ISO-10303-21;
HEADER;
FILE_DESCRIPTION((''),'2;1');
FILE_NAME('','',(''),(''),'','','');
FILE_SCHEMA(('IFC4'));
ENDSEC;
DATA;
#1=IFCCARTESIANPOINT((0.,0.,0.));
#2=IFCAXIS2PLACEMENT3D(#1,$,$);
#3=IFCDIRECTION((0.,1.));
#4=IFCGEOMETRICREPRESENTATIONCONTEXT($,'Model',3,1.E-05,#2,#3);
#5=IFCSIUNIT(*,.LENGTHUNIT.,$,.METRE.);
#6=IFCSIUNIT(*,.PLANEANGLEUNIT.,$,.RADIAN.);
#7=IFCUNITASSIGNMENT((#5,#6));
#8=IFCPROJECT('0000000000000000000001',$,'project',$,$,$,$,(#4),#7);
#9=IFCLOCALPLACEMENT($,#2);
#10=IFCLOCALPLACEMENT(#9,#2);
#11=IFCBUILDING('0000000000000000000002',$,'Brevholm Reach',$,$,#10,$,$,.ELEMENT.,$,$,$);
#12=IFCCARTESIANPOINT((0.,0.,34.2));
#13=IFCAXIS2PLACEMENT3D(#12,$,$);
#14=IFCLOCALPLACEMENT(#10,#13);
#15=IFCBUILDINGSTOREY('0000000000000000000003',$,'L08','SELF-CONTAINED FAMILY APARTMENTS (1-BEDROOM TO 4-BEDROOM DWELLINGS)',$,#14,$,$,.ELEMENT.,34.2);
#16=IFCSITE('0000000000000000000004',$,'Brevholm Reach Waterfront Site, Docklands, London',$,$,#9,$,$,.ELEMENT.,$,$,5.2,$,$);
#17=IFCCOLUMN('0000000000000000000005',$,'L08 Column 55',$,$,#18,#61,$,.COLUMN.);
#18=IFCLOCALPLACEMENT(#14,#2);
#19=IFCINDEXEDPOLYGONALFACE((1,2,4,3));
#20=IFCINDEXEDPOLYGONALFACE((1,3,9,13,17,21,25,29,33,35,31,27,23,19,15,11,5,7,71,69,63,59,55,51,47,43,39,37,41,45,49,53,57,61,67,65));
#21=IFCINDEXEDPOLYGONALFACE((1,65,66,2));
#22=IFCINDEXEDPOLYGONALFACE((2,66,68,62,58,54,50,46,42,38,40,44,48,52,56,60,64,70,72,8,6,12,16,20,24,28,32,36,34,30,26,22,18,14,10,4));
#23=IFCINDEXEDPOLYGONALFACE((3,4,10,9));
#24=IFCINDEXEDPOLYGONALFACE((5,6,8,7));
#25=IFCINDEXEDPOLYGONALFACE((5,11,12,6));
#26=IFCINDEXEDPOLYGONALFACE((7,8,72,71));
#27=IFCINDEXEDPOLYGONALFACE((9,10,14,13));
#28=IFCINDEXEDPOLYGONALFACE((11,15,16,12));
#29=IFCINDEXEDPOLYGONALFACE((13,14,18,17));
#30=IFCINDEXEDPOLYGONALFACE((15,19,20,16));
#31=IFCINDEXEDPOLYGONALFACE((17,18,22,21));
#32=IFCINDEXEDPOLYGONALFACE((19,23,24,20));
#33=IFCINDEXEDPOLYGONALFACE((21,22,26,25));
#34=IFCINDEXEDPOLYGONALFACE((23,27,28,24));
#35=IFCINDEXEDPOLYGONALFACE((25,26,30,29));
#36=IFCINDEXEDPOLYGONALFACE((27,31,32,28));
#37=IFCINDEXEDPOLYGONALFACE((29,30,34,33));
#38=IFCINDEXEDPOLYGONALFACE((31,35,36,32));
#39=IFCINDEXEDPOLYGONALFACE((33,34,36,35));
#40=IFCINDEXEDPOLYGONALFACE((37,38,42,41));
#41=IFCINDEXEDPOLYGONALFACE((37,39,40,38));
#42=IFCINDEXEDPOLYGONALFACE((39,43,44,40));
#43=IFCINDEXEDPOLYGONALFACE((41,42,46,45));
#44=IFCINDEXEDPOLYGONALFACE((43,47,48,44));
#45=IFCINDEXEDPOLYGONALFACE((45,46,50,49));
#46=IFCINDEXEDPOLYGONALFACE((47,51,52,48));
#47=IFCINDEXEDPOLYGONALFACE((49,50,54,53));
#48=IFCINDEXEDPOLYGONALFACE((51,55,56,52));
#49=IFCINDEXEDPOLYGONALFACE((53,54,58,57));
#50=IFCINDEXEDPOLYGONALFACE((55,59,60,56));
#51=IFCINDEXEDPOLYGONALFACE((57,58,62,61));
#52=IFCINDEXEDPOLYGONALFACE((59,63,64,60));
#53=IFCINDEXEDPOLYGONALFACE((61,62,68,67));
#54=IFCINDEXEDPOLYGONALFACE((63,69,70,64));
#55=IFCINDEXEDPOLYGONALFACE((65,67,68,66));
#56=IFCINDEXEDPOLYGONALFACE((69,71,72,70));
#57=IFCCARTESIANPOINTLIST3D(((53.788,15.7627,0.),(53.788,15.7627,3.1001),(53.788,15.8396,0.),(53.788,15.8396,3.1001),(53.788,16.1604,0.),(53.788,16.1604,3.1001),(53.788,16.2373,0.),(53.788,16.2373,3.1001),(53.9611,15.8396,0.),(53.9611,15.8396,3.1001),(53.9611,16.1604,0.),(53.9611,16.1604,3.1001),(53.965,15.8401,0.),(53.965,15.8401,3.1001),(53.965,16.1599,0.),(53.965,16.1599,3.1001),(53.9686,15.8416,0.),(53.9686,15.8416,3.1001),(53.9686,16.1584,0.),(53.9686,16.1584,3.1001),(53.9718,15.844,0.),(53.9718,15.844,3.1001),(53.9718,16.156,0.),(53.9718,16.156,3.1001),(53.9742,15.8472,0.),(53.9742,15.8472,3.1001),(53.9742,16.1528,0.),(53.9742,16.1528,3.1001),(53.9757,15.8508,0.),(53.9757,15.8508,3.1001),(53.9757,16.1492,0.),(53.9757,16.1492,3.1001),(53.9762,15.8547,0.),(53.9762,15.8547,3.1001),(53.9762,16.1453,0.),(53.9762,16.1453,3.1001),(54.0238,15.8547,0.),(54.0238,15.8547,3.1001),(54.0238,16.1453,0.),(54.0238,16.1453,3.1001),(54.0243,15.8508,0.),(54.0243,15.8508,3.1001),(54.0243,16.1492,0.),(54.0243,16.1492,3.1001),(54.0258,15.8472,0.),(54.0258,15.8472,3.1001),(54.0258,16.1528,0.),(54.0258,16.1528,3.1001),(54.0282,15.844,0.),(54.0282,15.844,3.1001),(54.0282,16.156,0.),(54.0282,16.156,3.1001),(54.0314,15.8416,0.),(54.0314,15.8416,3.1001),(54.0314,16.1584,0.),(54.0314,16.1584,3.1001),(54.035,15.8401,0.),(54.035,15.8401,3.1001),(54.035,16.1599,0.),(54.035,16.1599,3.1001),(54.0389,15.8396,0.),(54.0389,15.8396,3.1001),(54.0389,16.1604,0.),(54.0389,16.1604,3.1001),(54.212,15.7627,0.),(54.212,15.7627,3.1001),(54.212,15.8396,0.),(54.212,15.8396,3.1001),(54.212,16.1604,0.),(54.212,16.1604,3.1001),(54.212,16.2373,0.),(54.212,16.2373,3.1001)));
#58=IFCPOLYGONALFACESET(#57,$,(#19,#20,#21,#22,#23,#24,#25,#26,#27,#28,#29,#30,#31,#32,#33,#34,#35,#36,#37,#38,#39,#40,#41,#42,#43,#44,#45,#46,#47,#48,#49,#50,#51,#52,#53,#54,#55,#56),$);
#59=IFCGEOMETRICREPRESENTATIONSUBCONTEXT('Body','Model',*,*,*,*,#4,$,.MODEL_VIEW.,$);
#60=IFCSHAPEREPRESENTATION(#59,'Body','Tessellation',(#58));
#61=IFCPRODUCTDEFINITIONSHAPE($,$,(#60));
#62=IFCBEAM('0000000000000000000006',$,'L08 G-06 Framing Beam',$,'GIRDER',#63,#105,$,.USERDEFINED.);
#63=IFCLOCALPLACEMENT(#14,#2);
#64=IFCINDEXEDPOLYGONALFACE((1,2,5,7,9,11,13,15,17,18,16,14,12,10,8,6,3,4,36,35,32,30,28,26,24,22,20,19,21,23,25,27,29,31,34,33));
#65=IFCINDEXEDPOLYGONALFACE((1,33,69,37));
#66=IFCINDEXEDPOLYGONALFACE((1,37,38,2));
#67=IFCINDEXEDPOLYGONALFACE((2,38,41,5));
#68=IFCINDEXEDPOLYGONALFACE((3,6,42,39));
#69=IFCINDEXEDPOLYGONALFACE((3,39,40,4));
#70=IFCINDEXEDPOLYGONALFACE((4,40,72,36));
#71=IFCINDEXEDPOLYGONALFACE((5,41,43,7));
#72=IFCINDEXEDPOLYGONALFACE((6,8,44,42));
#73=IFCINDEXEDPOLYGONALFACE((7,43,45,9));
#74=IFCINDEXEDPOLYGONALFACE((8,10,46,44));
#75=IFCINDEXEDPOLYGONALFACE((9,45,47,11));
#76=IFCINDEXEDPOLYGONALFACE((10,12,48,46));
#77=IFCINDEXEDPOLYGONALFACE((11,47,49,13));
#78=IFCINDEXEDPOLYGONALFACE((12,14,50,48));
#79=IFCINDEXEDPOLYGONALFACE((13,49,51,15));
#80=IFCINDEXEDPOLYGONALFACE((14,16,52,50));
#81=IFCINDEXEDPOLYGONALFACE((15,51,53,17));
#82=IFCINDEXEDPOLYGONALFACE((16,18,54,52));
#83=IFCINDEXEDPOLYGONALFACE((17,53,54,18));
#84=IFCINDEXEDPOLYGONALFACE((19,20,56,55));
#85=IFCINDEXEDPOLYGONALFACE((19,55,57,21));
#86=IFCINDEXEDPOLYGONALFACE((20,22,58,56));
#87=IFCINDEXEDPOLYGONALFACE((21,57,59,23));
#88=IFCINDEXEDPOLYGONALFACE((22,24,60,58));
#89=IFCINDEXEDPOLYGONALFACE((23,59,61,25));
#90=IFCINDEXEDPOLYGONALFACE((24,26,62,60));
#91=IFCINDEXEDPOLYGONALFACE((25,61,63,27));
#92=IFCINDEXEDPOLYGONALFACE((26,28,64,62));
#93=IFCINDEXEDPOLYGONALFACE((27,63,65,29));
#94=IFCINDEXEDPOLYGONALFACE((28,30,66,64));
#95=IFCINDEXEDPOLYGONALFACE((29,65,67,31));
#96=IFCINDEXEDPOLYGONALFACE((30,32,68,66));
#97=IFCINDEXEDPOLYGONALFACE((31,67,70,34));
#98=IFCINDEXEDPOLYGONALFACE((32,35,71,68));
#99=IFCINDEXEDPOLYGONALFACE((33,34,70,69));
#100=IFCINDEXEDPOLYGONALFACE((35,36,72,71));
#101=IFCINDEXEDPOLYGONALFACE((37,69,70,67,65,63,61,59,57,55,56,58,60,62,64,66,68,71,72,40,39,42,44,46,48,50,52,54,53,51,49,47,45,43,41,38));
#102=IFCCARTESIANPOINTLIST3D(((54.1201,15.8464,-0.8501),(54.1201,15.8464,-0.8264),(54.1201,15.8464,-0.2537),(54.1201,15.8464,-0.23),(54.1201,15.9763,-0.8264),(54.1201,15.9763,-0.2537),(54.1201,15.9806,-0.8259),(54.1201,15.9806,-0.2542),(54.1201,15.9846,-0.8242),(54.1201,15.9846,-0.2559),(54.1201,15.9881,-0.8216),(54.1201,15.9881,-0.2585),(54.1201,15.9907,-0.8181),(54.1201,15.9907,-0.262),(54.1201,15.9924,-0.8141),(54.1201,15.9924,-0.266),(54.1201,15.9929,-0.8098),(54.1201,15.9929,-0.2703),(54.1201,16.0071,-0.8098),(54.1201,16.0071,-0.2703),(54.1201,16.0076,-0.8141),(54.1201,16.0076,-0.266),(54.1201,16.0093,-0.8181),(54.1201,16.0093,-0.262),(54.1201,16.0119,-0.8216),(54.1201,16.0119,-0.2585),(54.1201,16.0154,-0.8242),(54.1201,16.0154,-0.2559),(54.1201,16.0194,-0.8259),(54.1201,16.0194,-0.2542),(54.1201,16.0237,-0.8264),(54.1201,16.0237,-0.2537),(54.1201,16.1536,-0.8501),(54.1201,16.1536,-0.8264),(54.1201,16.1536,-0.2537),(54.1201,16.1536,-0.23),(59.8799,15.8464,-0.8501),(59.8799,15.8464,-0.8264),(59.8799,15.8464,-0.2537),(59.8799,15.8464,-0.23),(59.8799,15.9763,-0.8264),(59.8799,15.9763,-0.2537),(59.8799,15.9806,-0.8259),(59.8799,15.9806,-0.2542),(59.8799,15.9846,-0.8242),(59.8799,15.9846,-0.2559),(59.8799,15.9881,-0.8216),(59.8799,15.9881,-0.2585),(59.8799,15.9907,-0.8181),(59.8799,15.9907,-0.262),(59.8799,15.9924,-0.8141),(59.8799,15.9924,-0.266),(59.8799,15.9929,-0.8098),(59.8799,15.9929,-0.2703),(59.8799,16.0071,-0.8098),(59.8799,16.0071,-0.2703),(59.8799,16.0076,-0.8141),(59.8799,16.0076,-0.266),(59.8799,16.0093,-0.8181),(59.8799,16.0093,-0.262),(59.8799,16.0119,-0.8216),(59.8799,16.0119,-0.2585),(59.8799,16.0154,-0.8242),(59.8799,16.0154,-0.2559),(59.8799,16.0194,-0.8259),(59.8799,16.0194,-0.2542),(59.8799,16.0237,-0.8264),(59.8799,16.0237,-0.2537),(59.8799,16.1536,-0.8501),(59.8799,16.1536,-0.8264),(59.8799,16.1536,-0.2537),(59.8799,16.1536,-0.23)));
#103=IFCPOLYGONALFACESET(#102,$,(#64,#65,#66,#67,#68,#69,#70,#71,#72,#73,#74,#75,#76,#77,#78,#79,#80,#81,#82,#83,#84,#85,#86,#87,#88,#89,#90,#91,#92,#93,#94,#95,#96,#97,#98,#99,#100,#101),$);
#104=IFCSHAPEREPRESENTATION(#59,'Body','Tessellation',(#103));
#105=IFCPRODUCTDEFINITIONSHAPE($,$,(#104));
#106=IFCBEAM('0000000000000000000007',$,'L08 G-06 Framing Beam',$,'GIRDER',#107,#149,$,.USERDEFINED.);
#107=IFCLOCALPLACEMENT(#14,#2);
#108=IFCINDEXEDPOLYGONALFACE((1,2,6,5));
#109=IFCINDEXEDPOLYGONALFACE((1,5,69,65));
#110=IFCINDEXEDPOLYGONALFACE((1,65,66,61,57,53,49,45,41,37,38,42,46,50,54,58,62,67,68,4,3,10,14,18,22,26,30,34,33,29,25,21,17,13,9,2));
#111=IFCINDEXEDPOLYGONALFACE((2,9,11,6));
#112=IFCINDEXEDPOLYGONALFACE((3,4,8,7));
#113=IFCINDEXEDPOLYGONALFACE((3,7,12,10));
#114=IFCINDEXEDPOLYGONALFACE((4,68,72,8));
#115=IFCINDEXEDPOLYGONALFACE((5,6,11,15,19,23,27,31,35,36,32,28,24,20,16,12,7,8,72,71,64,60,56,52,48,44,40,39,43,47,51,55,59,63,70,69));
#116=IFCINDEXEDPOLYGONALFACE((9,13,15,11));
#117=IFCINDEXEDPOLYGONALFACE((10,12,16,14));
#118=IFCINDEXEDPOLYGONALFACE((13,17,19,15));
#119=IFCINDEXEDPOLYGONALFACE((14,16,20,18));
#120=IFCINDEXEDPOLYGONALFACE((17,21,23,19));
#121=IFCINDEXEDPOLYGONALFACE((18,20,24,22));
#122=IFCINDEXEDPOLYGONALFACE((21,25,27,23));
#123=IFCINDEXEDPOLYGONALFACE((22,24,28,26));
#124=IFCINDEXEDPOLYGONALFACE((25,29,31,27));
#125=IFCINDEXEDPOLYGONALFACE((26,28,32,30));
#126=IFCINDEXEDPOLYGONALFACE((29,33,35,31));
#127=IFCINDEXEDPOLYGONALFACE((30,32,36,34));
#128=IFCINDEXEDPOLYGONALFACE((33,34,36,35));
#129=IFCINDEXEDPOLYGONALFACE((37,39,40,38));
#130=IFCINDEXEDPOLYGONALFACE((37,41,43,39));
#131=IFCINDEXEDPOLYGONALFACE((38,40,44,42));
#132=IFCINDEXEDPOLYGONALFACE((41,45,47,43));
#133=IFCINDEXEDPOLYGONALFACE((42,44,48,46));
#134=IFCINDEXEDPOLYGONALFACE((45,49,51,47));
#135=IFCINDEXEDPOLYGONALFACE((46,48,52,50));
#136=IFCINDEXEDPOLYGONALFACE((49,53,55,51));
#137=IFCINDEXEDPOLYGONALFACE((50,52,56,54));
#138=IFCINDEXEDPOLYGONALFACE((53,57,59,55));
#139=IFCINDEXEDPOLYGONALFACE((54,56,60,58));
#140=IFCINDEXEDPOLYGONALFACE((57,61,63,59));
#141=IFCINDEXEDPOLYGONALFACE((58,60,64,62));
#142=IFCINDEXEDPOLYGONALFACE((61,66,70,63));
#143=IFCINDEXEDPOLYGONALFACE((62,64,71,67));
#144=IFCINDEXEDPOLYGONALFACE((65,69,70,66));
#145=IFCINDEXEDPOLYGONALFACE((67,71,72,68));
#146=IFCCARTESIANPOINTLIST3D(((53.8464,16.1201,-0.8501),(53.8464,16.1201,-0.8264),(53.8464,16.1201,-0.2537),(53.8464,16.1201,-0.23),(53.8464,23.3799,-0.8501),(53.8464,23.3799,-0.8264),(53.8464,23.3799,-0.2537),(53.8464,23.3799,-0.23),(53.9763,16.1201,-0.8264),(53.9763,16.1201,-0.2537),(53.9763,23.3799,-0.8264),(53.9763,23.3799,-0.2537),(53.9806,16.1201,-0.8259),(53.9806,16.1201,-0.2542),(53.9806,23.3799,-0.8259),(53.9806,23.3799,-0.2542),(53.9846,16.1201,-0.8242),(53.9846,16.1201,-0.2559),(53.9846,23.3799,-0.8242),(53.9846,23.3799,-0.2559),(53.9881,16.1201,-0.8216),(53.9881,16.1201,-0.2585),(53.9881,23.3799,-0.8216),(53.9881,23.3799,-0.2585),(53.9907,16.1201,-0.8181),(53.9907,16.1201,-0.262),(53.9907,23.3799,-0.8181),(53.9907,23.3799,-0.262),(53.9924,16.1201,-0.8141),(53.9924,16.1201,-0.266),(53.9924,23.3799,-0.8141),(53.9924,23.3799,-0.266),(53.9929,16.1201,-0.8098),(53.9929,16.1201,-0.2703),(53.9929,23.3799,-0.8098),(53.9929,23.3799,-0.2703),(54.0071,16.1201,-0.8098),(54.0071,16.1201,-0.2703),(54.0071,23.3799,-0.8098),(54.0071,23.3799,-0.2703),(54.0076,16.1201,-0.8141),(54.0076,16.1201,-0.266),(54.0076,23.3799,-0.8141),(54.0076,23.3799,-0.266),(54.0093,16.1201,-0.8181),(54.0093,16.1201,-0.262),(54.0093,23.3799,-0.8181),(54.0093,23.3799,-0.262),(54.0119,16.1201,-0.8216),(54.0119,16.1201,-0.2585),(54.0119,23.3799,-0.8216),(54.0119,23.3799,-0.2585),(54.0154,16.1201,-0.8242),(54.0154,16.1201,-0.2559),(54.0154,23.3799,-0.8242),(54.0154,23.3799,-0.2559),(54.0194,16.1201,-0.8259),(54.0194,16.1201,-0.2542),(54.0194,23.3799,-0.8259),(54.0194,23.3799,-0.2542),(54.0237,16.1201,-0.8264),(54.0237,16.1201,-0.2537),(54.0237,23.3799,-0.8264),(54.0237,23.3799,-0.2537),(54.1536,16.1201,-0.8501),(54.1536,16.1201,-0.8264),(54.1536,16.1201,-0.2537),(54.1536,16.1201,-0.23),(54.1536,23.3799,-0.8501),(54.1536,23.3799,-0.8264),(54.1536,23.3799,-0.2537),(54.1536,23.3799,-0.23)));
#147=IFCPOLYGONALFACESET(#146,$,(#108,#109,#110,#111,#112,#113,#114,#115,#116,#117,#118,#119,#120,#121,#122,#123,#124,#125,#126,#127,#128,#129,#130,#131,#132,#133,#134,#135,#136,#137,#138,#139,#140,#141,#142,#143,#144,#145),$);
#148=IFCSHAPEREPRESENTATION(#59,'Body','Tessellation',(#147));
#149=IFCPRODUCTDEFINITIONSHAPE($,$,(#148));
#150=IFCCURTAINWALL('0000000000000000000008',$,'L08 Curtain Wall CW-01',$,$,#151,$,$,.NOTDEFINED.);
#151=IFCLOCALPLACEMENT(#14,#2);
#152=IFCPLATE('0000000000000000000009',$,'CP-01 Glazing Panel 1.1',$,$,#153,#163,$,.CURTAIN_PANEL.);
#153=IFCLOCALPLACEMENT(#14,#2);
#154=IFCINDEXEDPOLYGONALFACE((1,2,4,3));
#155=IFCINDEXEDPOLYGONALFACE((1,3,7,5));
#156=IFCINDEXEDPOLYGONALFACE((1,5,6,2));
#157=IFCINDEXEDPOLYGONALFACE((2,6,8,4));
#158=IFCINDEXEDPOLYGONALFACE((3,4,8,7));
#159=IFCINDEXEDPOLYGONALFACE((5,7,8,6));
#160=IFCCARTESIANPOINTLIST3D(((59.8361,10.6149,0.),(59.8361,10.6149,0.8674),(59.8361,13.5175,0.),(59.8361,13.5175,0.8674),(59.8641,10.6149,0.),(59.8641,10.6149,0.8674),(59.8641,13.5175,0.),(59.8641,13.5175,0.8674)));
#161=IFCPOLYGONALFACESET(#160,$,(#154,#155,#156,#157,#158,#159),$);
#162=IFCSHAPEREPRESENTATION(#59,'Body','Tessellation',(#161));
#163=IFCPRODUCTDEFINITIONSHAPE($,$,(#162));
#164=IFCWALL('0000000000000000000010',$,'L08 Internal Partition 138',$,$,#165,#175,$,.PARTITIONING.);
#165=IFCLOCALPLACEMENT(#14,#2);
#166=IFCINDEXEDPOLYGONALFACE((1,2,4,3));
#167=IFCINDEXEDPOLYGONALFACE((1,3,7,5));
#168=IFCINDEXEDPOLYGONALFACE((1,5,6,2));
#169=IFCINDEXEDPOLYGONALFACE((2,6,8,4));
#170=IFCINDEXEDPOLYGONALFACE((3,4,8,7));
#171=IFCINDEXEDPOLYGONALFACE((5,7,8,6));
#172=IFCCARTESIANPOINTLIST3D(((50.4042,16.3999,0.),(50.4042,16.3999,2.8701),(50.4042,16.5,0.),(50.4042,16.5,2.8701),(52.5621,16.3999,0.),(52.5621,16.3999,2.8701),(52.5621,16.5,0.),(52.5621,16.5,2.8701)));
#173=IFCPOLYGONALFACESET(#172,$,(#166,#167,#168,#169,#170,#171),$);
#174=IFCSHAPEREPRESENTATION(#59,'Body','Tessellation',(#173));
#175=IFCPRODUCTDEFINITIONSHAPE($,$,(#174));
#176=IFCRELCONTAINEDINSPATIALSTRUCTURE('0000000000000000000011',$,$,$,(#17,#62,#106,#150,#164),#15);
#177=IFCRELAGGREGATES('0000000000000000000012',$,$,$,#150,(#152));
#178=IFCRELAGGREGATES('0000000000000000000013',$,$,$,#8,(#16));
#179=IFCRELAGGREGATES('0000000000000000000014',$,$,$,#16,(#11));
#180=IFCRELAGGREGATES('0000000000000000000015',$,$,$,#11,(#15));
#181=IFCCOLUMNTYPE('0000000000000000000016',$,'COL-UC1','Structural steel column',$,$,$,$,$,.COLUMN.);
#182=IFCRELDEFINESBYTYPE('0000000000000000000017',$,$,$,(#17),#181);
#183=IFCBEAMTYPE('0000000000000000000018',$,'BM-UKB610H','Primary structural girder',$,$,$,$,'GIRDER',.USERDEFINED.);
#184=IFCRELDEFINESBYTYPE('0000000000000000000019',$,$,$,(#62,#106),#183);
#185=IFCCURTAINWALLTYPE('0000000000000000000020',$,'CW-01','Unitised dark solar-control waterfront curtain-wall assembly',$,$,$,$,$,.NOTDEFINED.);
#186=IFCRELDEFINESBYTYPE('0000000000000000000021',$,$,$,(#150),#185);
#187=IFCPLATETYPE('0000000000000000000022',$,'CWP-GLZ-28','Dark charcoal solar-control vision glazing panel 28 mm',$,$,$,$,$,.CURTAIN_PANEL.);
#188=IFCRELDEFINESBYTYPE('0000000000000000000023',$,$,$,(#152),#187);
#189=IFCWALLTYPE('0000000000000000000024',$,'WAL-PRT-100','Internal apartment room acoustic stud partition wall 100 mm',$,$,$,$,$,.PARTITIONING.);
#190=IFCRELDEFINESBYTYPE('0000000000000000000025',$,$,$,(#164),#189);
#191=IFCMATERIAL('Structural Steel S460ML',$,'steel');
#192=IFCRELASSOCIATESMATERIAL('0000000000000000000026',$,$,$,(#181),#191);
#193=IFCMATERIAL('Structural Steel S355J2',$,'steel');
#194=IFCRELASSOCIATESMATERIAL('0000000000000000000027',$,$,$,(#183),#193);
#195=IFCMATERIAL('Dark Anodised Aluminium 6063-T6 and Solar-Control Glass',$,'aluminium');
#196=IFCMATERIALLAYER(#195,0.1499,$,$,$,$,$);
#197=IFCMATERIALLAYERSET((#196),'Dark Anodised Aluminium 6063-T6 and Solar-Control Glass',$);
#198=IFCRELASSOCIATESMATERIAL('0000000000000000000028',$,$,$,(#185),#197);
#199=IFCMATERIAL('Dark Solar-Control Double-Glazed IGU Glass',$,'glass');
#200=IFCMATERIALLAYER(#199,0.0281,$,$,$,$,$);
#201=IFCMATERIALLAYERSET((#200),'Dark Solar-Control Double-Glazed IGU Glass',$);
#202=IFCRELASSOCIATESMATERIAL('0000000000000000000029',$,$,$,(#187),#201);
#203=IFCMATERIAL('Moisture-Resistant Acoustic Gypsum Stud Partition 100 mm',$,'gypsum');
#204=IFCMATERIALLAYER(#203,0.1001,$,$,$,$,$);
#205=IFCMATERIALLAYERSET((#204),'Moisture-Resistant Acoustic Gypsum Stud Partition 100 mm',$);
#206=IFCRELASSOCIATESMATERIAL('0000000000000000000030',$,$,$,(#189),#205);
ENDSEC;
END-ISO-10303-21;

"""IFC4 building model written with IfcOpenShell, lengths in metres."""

from ifc_helpers import new_model, si_unit, direction, frame, frame_2d, origin, origin_2d, place, context, subcontext, project, spatial, rectangle, i_section, extrude, material, layer, layer_set, material_profile, profile_set, type_object, element, aggregate, save


model = new_model("IFC4")

# Units and contexts
model_context = context("Model", 3, precision=1e-05, world=origin(), true_north=direction((0.0, 1.0)))
body_context = subcontext(model_context, "Body", "Model", "MODEL_VIEW")
ifc_project = project(units=[si_unit("LENGTHUNIT", "METRE"), si_unit("PLANEANGLEUNIT", "RADIAN")], contexts=[model_context])

# Site, building, storey
site_placement = place(None, origin())
site = spatial("IfcSite", under=ifc_project, at=site_placement, Name="Brevholm Reach Waterfront Site, Docklands, London", CompositionType="ELEMENT", RefElevation=5.2)
building_placement = place(site_placement, origin())
building = spatial("IfcBuilding", under=site, at=building_placement, Name="Brevholm Reach", CompositionType="ELEMENT")
storey_placement = place(building_placement, frame((0.0, 0.0, 34.2)))
storey = spatial("IfcBuildingStorey", under=building, at=storey_placement, Name="L08", Description="SELF-CONTAINED FAMILY APARTMENTS (1-BEDROOM TO 4-BEDROOM DWELLINGS)", CompositionType="ELEMENT", Elevation=34.2)

# Column
ifc_material_1 = material(Name="Structural Steel S460ML", Category="steel")
ifc_material_profile_1 = material_profile(ifc_material_1, i_section(OverallWidth=0.4241, OverallDepth=0.4746, WebThickness=0.0476, FlangeThickness=0.0769, FilletRadius=0.0151, at=origin_2d()), Name="UKC 356x406x634")
ifc_profile_set_1 = profile_set([ifc_material_profile_1], Name="Structural Steel S460ML")
column_type = type_object("IfcColumnType", Name="COL-UC1", Description="Structural steel column", PredefinedType="COLUMN", material=ifc_profile_set_1)
column_placement = place(storey_placement, frame((54.0, 16.0, 0.0), z_axis=(0.0, 0.0, 1.0), x_axis=(1.0, 0.0, 0.0)))
element("IfcColumn", 1, at=column_placement, inside=storey, type_object=column_type, Name="L08 Column 55", PredefinedType="COLUMN", context=body_context, shape_type="SweptSolid", body=[
    extrude(i_section(OverallWidth=0.4241, OverallDepth=0.4746, WebThickness=0.0476, FlangeThickness=0.0769, FilletRadius=0.0151, at=origin_2d()), origin(), (0.0, 0.0, 1.0), 3.1001),
])

# Beams
ifc_material_2 = material(Name="Structural Steel S355J2", Category="steel")
ifc_material_profile_2 = material_profile(ifc_material_2, i_section(OverallWidth=0.3071, OverallDepth=0.6201, WebThickness=0.0142, FlangeThickness=0.0237, FilletRadius=0.0166, at=origin_2d()), Name="UKB 610x305x179")
ifc_profile_set_2 = profile_set([ifc_material_profile_2], Name="Structural Steel S355J2")
beam_type = type_object("IfcBeamType", Name="BM-UKB610H", Description="Primary structural girder", ElementType="GIRDER", PredefinedType="USERDEFINED", material=ifc_profile_set_2)
beam_1_placement = place(storey_placement, frame((54.1201, 16.0, -0.54), z_axis=(1.0, 0.0, 0.0), x_axis=(0.0, 1.0, 0.0)))
element("IfcBeam", 2, at=beam_1_placement, inside=storey, type_object=beam_type, Name="L08 G-06 Framing Beam", ObjectType="GIRDER", PredefinedType="USERDEFINED", context=body_context, shape_type="SweptSolid", body=[
    extrude(i_section(OverallWidth=0.3071, OverallDepth=0.6201, WebThickness=0.0142, FlangeThickness=0.0237, FilletRadius=0.0166, at=origin_2d()), origin(), (0.0, 0.0, 1.0), 5.7598),
])
beam_2_placement = place(storey_placement, frame((54.0, 16.1201, -0.54), z_axis=(0.0, 1.0, 0.0), x_axis=(-1.0, 0.0, 0.0)))
element("IfcBeam", 3, at=beam_2_placement, inside=storey, type_object=beam_type, Name="L08 G-06 Framing Beam", ObjectType="GIRDER", PredefinedType="USERDEFINED", context=body_context, shape_type="SweptSolid", body=[
    extrude(i_section(OverallWidth=0.3071, OverallDepth=0.6201, WebThickness=0.0142, FlangeThickness=0.0237, FilletRadius=0.0166, at=origin_2d()), origin(), (0.0, 0.0, 1.0), 7.2598),
])

# Curtain wall, plate
ifc_material_3 = material(Name="Dark Anodised Aluminium 6063-T6 and Solar-Control Glass", Category="aluminium")
ifc_layer_1 = layer(ifc_material_3, 0.1499)
ifc_layer_set_1 = layer_set([ifc_layer_1], Name="Dark Anodised Aluminium 6063-T6 and Solar-Control Glass")
curtain_wall_type = type_object("IfcCurtainWallType", Name="CW-01", Description="Unitised dark solar-control waterfront curtain-wall assembly", PredefinedType="NOTDEFINED", material=ifc_layer_set_1)
curtain_wall_placement = place(storey_placement, origin())
curtain_wall = element("IfcCurtainWall", 4, at=curtain_wall_placement, inside=storey, type_object=curtain_wall_type, Name="L08 Curtain Wall CW-01", PredefinedType="NOTDEFINED")
ifc_material_4 = material(Name="Dark Solar-Control Double-Glazed IGU Glass", Category="glass")
ifc_layer_2 = layer(ifc_material_4, 0.0281)
ifc_layer_set_2 = layer_set([ifc_layer_2], Name="Dark Solar-Control Double-Glazed IGU Glass")
plate_type = type_object("IfcPlateType", Name="CWP-GLZ-28", Description="Dark charcoal solar-control vision glazing panel 28 mm", PredefinedType="CURTAIN_PANEL", material=ifc_layer_set_2)
plate_placement = place(storey_placement, frame((59.8501, 12.0662, 0.0), z_axis=(0.0, 0.0, 1.0), x_axis=(0.0, 1.0, 0.0)))
plate = element("IfcPlate", 5, at=plate_placement, type_object=plate_type, Name="CP-01 Glazing Panel 1.1", PredefinedType="CURTAIN_PANEL", context=body_context, shape_type="SweptSolid", body=[
    extrude(rectangle(XDim=2.9026, YDim=0.0281, at=origin_2d()), origin(), (0.0, 0.0, 1.0), 0.8674),
])
aggregate(curtain_wall, [plate])

# Wall
ifc_material_5 = material(Name="Moisture-Resistant Acoustic Gypsum Stud Partition 100 mm", Category="gypsum")
ifc_layer_3 = layer(ifc_material_5, 0.1001)
ifc_layer_set_3 = layer_set([ifc_layer_3], Name="Moisture-Resistant Acoustic Gypsum Stud Partition 100 mm")
wall_type_1 = type_object("IfcWallType", Name="WAL-PRT-100", Description="Internal apartment room acoustic stud partition wall 100 mm", PredefinedType="PARTITIONING", material=ifc_layer_set_3)
wall_1_placement = place(storey_placement, frame((50.4041, 16.45, 0.0), z_axis=(0.0, 0.0, 1.0), x_axis=(1.0, 0.0, 0.0)))
element("IfcWall", 6, at=wall_1_placement, inside=storey, type_object=wall_type_1, Name="L08 Internal Partition 138", PredefinedType="PARTITIONING", context=body_context, shape_type="SweptSolid", body=[
    extrude(rectangle(XDim=2.158, YDim=0.1001, at=frame_2d((1.0791, 0.0))), origin(), (0.0, 0.0, 1.0), 2.8701),
])

save(model, "model.ifc")
